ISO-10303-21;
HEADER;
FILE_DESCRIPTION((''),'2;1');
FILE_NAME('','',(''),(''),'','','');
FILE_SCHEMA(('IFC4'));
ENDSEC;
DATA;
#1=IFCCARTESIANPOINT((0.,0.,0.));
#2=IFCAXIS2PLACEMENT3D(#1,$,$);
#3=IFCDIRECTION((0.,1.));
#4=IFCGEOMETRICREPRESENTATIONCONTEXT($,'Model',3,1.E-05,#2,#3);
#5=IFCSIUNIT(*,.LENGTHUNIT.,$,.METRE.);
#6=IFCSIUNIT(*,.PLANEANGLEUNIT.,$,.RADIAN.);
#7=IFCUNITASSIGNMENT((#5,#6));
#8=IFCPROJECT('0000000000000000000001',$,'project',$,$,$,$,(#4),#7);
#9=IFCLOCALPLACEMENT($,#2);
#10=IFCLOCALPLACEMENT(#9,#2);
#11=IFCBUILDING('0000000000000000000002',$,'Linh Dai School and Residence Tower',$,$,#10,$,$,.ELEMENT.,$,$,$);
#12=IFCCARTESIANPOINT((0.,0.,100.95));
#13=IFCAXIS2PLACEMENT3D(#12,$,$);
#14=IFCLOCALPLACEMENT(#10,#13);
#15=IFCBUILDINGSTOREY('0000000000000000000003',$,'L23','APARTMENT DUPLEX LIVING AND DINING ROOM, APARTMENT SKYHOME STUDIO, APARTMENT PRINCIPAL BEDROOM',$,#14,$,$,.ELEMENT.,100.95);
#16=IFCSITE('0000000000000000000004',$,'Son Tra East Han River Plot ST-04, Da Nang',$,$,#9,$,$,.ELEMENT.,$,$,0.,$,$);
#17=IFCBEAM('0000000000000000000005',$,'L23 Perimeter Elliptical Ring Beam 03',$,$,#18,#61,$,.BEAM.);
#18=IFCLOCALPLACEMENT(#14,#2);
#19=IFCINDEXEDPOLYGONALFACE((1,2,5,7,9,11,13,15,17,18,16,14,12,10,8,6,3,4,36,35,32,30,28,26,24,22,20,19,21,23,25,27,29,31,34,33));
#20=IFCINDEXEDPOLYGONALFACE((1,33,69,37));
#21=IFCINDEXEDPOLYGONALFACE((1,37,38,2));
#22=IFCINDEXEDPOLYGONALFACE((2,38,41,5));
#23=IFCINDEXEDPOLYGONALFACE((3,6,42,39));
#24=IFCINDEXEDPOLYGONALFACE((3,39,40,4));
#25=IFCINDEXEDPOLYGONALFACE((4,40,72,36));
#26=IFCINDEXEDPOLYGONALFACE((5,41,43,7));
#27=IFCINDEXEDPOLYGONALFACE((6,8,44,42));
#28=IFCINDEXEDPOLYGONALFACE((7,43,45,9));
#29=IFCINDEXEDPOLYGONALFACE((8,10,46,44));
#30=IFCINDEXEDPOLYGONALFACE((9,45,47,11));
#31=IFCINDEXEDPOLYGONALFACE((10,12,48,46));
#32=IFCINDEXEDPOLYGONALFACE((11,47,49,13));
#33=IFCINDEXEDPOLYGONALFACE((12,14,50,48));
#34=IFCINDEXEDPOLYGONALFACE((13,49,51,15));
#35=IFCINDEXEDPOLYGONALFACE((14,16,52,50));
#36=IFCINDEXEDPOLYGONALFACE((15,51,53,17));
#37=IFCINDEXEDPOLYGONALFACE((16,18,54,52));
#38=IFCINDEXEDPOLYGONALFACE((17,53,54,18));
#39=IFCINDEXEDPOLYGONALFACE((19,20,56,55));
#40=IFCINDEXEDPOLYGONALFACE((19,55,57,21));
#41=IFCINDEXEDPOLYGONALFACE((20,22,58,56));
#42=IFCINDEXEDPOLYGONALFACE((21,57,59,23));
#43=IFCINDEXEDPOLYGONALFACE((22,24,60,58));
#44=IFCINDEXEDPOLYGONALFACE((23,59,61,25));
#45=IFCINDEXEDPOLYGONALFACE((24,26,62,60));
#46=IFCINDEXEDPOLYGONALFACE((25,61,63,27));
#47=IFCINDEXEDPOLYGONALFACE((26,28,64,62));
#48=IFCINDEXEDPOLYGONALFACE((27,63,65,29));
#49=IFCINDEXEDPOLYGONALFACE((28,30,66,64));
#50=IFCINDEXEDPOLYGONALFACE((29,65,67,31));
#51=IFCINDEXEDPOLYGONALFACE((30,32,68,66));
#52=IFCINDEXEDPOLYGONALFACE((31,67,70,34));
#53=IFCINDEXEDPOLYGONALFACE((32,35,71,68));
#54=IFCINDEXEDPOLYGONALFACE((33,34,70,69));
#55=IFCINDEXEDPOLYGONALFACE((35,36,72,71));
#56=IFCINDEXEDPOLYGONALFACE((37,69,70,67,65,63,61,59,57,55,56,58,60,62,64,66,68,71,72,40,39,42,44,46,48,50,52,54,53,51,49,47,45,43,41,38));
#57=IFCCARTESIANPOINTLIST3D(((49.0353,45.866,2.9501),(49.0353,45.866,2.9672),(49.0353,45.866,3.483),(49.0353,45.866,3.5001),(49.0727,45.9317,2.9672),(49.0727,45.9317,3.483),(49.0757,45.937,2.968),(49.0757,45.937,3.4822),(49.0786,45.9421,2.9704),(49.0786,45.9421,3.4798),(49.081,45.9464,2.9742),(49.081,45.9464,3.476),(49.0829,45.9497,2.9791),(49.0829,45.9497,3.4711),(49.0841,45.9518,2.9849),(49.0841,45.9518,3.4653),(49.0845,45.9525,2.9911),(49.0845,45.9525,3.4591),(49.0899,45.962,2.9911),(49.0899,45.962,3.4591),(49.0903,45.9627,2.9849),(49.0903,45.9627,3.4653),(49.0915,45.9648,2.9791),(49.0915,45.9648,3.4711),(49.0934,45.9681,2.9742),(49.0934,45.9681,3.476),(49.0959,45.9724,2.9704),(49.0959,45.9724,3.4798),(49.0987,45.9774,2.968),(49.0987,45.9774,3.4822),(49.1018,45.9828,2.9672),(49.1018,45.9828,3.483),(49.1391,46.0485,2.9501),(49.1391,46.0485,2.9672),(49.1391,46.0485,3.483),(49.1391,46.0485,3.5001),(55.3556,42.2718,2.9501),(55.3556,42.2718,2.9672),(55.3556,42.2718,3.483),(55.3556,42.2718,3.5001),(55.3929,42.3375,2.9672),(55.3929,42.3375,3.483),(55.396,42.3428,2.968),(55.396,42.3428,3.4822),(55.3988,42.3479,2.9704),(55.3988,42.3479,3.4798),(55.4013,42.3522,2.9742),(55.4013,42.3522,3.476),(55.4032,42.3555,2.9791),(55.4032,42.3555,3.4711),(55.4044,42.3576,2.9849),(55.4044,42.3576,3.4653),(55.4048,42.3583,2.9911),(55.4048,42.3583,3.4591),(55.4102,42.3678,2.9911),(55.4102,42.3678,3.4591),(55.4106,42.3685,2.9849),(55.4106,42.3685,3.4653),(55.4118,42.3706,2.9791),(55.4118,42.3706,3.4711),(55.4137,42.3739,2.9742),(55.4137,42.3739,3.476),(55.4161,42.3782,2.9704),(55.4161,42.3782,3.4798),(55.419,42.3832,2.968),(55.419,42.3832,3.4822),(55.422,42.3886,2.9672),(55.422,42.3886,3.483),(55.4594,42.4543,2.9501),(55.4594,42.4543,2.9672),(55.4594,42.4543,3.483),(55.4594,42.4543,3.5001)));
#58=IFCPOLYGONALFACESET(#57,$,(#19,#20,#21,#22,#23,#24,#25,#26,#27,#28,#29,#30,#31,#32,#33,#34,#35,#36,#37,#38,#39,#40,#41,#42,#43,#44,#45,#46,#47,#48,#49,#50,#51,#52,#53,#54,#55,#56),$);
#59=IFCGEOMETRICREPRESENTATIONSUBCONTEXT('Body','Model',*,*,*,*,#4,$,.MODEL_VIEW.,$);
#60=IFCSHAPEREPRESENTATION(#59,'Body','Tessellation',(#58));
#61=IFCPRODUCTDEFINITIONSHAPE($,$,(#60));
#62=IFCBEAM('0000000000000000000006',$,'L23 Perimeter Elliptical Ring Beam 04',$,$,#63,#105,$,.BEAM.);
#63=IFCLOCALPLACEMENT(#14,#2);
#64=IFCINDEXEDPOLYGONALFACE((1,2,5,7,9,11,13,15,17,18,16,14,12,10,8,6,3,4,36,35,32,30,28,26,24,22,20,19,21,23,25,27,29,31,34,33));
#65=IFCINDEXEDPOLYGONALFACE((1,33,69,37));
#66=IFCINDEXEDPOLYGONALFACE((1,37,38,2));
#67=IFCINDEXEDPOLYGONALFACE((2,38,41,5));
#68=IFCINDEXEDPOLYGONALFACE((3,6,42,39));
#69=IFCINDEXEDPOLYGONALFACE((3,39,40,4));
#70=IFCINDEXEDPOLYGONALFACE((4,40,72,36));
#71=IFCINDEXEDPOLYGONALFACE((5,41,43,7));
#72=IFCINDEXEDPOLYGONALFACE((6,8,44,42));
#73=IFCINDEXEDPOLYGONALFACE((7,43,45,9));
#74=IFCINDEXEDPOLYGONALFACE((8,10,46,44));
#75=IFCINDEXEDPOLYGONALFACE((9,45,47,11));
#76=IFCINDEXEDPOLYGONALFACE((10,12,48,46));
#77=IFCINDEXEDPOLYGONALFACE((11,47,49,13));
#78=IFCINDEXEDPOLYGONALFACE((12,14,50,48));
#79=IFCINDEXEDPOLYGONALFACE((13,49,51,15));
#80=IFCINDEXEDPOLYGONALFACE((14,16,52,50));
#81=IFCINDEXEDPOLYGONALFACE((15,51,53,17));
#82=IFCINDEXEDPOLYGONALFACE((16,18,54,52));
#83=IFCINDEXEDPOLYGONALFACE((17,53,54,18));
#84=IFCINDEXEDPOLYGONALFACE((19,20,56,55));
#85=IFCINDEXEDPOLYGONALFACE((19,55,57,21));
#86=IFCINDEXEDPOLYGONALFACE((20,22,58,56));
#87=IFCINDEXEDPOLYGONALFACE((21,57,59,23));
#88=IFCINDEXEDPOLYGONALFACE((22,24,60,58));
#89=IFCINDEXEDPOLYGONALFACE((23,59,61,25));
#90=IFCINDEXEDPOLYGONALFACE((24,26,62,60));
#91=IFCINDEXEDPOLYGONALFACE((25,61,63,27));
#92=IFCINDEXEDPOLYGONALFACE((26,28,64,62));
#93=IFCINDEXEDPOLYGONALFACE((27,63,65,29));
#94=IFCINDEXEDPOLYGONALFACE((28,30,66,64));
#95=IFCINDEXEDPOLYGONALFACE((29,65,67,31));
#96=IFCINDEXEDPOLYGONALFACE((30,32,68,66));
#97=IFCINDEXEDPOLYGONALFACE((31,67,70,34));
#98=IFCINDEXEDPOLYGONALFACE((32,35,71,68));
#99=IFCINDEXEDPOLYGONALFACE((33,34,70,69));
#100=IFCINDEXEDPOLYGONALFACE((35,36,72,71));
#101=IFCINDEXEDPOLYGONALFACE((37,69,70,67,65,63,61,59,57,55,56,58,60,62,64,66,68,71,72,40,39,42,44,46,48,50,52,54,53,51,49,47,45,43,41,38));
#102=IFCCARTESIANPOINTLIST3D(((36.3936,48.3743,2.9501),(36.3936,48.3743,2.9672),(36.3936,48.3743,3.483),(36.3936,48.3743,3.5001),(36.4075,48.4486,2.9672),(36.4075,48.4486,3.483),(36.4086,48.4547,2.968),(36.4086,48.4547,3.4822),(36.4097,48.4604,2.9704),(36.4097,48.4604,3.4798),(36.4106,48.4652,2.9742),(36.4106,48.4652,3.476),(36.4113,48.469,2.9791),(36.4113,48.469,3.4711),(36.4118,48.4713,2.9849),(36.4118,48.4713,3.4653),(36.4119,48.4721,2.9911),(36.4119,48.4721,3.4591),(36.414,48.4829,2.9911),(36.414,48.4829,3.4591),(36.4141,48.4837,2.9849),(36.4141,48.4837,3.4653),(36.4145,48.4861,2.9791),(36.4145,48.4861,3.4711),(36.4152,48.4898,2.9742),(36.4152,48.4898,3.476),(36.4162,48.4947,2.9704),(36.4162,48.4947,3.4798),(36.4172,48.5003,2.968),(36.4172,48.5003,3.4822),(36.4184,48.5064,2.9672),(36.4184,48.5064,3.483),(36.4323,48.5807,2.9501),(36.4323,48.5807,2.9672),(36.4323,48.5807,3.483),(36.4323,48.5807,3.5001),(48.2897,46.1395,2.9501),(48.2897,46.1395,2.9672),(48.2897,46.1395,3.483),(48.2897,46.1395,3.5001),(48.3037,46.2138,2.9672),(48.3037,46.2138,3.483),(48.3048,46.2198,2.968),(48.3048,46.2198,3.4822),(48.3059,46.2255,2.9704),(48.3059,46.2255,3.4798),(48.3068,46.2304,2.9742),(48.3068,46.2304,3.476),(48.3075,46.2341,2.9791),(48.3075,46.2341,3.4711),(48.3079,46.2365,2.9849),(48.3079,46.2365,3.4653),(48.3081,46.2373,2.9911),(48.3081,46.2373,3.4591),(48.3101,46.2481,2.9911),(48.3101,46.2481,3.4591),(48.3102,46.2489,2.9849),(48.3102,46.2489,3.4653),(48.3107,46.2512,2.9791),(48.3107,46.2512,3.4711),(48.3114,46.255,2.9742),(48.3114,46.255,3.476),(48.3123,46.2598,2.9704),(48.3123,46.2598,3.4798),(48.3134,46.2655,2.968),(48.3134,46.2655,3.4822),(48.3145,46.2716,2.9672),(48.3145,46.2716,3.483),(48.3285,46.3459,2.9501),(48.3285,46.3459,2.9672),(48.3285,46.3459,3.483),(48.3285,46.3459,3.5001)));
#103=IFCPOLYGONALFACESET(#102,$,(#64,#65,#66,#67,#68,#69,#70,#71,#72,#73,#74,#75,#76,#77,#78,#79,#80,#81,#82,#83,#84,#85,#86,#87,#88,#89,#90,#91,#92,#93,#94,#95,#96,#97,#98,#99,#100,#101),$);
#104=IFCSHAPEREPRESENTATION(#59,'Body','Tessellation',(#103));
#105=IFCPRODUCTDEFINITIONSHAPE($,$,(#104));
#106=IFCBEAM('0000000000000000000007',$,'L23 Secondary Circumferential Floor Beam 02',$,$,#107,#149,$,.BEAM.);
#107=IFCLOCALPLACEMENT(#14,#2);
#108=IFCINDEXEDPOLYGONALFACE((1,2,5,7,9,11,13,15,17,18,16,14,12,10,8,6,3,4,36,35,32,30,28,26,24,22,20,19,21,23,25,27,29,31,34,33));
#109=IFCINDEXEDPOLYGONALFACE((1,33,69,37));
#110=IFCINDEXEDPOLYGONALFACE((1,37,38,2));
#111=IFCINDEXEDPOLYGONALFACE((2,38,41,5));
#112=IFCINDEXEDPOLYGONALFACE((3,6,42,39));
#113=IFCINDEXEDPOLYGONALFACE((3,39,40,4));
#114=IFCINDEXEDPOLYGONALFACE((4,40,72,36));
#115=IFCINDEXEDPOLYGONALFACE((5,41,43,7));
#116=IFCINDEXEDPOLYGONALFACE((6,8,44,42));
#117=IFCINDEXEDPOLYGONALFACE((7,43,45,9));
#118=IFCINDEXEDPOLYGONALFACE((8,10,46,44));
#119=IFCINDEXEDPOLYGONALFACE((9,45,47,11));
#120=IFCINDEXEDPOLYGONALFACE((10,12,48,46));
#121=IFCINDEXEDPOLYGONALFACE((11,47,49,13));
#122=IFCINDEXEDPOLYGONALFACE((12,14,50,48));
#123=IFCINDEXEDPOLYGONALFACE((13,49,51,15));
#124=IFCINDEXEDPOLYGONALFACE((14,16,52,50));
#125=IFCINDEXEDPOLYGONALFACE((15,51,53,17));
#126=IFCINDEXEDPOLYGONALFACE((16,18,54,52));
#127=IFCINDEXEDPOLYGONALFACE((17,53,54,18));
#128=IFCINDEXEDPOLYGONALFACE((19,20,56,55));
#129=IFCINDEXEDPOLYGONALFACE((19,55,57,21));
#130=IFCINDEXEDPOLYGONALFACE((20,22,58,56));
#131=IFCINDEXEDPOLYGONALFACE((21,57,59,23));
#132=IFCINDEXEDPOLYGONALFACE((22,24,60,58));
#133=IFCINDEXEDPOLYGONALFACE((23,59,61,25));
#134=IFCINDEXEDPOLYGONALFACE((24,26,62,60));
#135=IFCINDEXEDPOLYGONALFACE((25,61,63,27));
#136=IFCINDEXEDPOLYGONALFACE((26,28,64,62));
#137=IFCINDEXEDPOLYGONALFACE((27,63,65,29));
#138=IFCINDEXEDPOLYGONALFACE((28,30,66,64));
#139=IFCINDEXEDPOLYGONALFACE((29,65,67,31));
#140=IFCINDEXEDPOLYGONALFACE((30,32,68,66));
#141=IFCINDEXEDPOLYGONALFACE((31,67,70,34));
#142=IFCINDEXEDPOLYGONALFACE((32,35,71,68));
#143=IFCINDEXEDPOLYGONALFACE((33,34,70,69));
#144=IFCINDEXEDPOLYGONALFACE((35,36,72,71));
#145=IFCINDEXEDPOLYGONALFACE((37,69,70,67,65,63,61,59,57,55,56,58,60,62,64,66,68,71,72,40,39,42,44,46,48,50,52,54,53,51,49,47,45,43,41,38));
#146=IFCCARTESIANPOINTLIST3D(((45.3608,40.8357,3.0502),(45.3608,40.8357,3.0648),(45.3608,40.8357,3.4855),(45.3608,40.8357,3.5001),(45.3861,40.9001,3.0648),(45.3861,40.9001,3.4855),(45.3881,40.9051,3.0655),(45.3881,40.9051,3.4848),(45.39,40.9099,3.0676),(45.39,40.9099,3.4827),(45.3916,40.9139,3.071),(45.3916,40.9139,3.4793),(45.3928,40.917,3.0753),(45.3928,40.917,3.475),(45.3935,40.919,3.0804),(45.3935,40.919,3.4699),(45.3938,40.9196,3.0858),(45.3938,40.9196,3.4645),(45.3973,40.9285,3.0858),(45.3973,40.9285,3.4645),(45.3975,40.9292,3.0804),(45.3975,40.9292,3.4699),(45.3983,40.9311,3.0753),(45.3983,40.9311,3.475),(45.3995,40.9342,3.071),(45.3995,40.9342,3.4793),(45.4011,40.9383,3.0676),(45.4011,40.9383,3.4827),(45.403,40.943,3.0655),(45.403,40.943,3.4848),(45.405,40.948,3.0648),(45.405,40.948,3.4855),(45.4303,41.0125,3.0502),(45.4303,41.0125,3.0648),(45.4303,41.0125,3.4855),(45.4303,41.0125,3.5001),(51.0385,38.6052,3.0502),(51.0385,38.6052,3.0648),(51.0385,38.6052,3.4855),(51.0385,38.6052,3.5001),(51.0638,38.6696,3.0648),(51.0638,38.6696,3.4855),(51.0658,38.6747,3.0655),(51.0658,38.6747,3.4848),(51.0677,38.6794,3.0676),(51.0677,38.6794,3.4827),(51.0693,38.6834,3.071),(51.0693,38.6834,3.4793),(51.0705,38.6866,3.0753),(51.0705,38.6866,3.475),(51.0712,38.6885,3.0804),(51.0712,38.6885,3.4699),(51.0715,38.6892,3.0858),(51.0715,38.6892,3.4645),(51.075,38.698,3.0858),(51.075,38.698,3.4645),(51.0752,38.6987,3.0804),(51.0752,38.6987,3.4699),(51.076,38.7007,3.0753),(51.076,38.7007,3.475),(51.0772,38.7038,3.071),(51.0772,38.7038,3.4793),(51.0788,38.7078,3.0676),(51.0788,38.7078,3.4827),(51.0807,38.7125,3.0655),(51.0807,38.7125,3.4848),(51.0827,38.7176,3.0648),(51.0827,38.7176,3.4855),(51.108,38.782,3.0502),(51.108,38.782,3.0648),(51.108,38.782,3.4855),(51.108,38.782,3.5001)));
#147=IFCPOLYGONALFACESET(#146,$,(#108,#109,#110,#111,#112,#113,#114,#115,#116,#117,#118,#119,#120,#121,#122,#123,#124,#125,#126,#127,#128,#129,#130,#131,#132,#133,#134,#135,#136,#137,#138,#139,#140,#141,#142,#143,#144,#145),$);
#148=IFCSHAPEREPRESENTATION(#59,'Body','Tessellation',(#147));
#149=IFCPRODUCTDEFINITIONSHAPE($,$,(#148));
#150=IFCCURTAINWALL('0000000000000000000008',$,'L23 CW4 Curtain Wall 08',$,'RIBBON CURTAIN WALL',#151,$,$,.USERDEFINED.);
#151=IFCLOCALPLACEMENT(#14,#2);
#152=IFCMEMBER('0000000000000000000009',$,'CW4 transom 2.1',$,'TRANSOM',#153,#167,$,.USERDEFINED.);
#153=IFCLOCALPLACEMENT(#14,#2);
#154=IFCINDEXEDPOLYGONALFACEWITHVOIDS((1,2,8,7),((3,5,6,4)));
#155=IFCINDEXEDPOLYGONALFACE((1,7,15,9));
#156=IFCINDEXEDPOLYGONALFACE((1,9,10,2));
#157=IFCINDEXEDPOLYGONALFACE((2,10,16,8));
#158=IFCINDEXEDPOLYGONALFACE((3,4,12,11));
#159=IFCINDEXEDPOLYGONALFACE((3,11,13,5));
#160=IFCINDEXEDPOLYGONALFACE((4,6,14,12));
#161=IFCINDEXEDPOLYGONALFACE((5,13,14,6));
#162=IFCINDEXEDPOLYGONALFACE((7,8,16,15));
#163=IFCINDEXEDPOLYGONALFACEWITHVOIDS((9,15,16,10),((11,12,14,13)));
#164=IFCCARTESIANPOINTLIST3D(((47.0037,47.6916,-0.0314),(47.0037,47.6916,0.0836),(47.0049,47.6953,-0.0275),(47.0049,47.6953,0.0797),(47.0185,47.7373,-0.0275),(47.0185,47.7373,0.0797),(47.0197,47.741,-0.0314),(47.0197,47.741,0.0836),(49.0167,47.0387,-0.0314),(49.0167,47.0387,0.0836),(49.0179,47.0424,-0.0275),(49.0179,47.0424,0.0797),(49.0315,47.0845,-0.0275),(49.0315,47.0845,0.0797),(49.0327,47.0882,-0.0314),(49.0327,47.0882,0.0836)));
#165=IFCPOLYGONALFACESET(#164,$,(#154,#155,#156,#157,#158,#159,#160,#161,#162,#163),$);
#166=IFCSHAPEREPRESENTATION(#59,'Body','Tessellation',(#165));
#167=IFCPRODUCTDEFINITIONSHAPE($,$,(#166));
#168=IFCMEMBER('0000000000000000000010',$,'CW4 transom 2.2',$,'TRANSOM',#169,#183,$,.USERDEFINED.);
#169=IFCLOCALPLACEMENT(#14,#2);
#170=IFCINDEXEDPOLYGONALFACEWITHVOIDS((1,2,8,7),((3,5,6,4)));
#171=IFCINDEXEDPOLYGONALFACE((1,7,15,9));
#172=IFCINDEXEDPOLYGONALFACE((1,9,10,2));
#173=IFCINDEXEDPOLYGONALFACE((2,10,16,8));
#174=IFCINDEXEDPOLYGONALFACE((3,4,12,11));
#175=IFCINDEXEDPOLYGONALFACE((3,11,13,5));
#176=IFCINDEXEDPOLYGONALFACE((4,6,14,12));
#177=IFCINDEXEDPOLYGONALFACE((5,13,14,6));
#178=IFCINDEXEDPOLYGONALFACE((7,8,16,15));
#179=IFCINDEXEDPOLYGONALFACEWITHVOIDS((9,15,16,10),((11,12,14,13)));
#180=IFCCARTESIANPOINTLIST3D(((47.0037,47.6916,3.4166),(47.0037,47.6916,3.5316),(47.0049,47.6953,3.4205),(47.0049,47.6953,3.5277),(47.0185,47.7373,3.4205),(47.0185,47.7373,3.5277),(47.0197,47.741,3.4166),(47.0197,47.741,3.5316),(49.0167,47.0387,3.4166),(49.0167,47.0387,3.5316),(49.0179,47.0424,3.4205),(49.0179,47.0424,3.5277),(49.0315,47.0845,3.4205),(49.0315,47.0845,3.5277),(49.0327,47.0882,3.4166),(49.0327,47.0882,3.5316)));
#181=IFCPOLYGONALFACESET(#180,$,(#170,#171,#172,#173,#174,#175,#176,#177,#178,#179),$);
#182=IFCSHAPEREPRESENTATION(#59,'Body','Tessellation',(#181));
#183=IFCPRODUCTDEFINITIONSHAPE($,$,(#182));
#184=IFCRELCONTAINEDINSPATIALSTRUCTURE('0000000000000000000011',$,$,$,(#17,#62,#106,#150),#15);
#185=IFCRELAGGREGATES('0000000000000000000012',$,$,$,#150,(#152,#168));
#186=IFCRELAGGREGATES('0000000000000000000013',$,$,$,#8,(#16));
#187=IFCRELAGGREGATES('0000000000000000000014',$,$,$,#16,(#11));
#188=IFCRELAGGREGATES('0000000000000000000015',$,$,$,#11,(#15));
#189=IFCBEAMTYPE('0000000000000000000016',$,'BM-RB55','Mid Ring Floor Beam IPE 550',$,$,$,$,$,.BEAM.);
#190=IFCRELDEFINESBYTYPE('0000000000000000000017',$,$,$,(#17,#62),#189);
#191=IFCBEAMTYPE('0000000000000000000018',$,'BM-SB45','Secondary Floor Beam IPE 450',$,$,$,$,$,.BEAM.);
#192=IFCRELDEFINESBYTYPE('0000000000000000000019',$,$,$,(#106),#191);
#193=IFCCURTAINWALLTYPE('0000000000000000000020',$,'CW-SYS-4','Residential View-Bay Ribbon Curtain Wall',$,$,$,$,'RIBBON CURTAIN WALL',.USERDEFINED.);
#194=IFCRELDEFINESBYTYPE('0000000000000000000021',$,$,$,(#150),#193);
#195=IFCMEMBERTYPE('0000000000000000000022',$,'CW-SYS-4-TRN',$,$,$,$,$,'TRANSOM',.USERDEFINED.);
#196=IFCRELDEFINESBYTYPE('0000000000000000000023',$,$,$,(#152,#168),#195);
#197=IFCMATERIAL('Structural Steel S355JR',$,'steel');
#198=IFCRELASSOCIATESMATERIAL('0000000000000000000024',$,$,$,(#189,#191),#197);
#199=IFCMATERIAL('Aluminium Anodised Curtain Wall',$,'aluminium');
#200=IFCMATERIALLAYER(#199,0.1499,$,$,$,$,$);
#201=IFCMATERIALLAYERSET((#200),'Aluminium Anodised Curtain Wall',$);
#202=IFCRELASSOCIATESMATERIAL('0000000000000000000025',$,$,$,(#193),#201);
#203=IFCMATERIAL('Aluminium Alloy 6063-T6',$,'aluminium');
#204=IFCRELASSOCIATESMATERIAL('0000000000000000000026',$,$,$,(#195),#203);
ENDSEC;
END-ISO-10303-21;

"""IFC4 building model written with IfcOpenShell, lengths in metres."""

from ifc_helpers import new_model, si_unit, direction, frame, origin, origin_2d, place, context, subcontext, project, spatial, hollow_rectangle, i_section, extrude, source, transform, mapped, material, layer, layer_set, material_profile, profile_set, type_object, element, aggregate, save


model = new_model("IFC4")

# Units and contexts
model_context = context("Model", 3, precision=1e-05, world=origin(), true_north=direction((0.0, 1.0)))
body_context = subcontext(model_context, "Body", "Model", "MODEL_VIEW")
ifc_project = project(units=[si_unit("LENGTHUNIT", "METRE"), si_unit("PLANEANGLEUNIT", "RADIAN")], contexts=[model_context])

# Site, building, storey
site_placement = place(None, origin())
site = spatial("IfcSite", under=ifc_project, at=site_placement, Name="Son Tra East Han River Plot ST-04, Da Nang", CompositionType="ELEMENT", RefElevation=0.0)
building_placement = place(site_placement, origin())
building = spatial("IfcBuilding", under=site, at=building_placement, Name="Linh Dai School and Residence Tower", CompositionType="ELEMENT")
storey_placement = place(building_placement, frame((0.0, 0.0, 100.95)))
storey = spatial("IfcBuildingStorey", under=building, at=storey_placement, Name="L23", Description="APARTMENT DUPLEX LIVING AND DINING ROOM, APARTMENT SKYHOME STUDIO, APARTMENT PRINCIPAL BEDROOM", CompositionType="ELEMENT", Elevation=100.95)

# Shared definitions
ifc_material_1 = material(Name="Structural Steel S355JR", Category="steel")

# Beams
ifc_material_profile_1 = material_profile(ifc_material_1, i_section(OverallWidth=0.21, OverallDepth=0.55, WebThickness=0.011, FlangeThickness=0.0171, FilletRadius=0.0239, at=origin_2d()), Name="IPE 550")
ifc_profile_set_1 = profile_set([ifc_material_profile_1], Name="Structural Steel S355JR")
beam_type_1 = type_object("IfcBeamType", Name="BM-RB55", Description="Mid Ring Floor Beam IPE 550", PredefinedType="BEAM", material=ifc_profile_set_1)
beam_1_placement = place(storey_placement, frame((55.4075, 42.363, 3.2251), z_axis=(-0.86927, 0.494337, 0.0), x_axis=(-0.494337, -0.86927, 0.0)))
element("IfcBeam", 1, at=beam_1_placement, inside=storey, type_object=beam_type_1, Name="L23 Perimeter Elliptical Ring Beam 03", PredefinedType="BEAM", context=body_context, shape_type="SweptSolid", body=[
    extrude(i_section(OverallWidth=0.21, OverallDepth=0.55, WebThickness=0.011, FlangeThickness=0.0171, FilletRadius=0.0239, at=origin_2d()), origin(), (0.0, 0.0, 1.0), 7.2708),
])
beam_2_placement = place(storey_placement, frame((48.3091, 46.2427, 3.2251), z_axis=(-0.982808, 0.184633, 0.0), x_axis=(-0.184633, -0.982808, 0.0)))
element("IfcBeam", 2, at=beam_2_placement, inside=storey, type_object=beam_type_1, Name="L23 Perimeter Elliptical Ring Beam 04", PredefinedType="BEAM", context=body_context, shape_type="SweptSolid", body=[
    extrude(i_section(OverallWidth=0.21, OverallDepth=0.55, WebThickness=0.011, FlangeThickness=0.0171, FilletRadius=0.0239, at=origin_2d()), origin(), (0.0, 0.0, 1.0), 12.1042),
])
ifc_material_profile_2 = material_profile(ifc_material_1, i_section(OverallWidth=0.1899, OverallDepth=0.45, WebThickness=0.0095, FlangeThickness=0.0146, FilletRadius=0.021, at=origin_2d()), Name="IPE 450")
ifc_profile_set_2 = profile_set([ifc_material_profile_2], Name="Structural Steel S355JR")
beam_type_2 = type_object("IfcBeamType", Name="BM-SB45", Description="Secondary Floor Beam IPE 450", PredefinedType="BEAM", material=ifc_profile_set_2)
beam_3_placement = place(storey_placement, frame((51.0732, 38.6936, 3.2751), z_axis=(-0.930755, 0.365642, 0.0), x_axis=(-0.365642, -0.930755, 0.0)))
element("IfcBeam", 3, at=beam_3_placement, inside=storey, type_object=beam_type_2, Name="L23 Secondary Circumferential Floor Beam 02", PredefinedType="BEAM", context=body_context, shape_type="SweptSolid", body=[
    extrude(i_section(OverallWidth=0.1899, OverallDepth=0.45, WebThickness=0.0095, FlangeThickness=0.0146, FilletRadius=0.021, at=origin_2d()), origin(), (0.0, 0.0, 1.0), 6.1001),
])

# Curtain wall, members
ifc_material_2 = material(Name="Aluminium Anodised Curtain Wall", Category="aluminium")
ifc_layer_1 = layer(ifc_material_2, 0.1499)
ifc_layer_set_1 = layer_set([ifc_layer_1], Name="Aluminium Anodised Curtain Wall")
curtain_wall_type = type_object("IfcCurtainWallType", Name="CW-SYS-4", Description="Residential View-Bay Ribbon Curtain Wall", ElementType="RIBBON CURTAIN WALL", PredefinedType="USERDEFINED", material=ifc_layer_set_1)
curtain_wall_placement = place(storey_placement, origin())
curtain_wall = element("IfcCurtainWall", 4, at=curtain_wall_placement, inside=storey, type_object=curtain_wall_type, Name="L23 CW4 Curtain Wall 08", ObjectType="RIBBON CURTAIN WALL", PredefinedType="USERDEFINED")
ifc_material_3 = material(Name="Aluminium Alloy 6063-T6", Category="aluminium")
ifc_material_profile_3 = material_profile(ifc_material_3, hollow_rectangle(XDim=0.052, YDim=0.115, WallThickness=0.0039, at=origin_2d()), Name="RHS 115x52x4")
ifc_profile_set_3 = profile_set([ifc_material_profile_3], Name="Aluminium Alloy 6063-T6")
member_type_1 = type_object("IfcMemberType", Name="CW-SYS-4-TRN", ElementType="TRANSOM", PredefinedType="USERDEFINED", material=ifc_profile_set_3)
shared_shape_1 = source(origin(), body_context, "Body", "SweptSolid", [
    extrude(hollow_rectangle(XDim=0.052, YDim=0.115, WallThickness=0.0039, at=origin_2d()), origin(), (0.0, 0.0, 1.0), 2.1162),
])
member_1_placement = place(storey_placement, frame((47.0117, 47.7163, 0.0261), z_axis=(0.951225, -0.308499, 0.0), x_axis=(0.308499, 0.951225, 0.0)))
member_1 = element("IfcMember", 5, at=member_1_placement, type_object=member_type_1, Name="CW4 transom 2.1", ObjectType="TRANSOM", PredefinedType="USERDEFINED", context=body_context, shape_type="MappedRepresentation", body=[
    mapped(shared_shape_1, transform((0.0, 0.0, 0.0), x_axis=(1.0, 0.0, 0.0), y_axis=(0.0, 1.0, 0.0), z_axis=(0.0, 0.0, 1.0), scale=1.0)),
])
member_2_placement = place(storey_placement, frame((47.0117, 47.7163, 3.4741), z_axis=(0.951225, -0.308499, 0.0), x_axis=(0.308499, 0.951225, 0.0)))
member_2 = element("IfcMember", 6, at=member_2_placement, type_object=member_type_1, Name="CW4 transom 2.2", ObjectType="TRANSOM", PredefinedType="USERDEFINED", context=body_context, shape_type="MappedRepresentation", body=[
    mapped(shared_shape_1, transform((0.0, 0.0, 0.0), x_axis=(1.0, 0.0, 0.0), y_axis=(0.0, 1.0, 0.0), z_axis=(0.0, 0.0, 1.0), scale=1.0)),
])

aggregate(curtain_wall, [member_1, member_2])

save(model, "model.ifc")
